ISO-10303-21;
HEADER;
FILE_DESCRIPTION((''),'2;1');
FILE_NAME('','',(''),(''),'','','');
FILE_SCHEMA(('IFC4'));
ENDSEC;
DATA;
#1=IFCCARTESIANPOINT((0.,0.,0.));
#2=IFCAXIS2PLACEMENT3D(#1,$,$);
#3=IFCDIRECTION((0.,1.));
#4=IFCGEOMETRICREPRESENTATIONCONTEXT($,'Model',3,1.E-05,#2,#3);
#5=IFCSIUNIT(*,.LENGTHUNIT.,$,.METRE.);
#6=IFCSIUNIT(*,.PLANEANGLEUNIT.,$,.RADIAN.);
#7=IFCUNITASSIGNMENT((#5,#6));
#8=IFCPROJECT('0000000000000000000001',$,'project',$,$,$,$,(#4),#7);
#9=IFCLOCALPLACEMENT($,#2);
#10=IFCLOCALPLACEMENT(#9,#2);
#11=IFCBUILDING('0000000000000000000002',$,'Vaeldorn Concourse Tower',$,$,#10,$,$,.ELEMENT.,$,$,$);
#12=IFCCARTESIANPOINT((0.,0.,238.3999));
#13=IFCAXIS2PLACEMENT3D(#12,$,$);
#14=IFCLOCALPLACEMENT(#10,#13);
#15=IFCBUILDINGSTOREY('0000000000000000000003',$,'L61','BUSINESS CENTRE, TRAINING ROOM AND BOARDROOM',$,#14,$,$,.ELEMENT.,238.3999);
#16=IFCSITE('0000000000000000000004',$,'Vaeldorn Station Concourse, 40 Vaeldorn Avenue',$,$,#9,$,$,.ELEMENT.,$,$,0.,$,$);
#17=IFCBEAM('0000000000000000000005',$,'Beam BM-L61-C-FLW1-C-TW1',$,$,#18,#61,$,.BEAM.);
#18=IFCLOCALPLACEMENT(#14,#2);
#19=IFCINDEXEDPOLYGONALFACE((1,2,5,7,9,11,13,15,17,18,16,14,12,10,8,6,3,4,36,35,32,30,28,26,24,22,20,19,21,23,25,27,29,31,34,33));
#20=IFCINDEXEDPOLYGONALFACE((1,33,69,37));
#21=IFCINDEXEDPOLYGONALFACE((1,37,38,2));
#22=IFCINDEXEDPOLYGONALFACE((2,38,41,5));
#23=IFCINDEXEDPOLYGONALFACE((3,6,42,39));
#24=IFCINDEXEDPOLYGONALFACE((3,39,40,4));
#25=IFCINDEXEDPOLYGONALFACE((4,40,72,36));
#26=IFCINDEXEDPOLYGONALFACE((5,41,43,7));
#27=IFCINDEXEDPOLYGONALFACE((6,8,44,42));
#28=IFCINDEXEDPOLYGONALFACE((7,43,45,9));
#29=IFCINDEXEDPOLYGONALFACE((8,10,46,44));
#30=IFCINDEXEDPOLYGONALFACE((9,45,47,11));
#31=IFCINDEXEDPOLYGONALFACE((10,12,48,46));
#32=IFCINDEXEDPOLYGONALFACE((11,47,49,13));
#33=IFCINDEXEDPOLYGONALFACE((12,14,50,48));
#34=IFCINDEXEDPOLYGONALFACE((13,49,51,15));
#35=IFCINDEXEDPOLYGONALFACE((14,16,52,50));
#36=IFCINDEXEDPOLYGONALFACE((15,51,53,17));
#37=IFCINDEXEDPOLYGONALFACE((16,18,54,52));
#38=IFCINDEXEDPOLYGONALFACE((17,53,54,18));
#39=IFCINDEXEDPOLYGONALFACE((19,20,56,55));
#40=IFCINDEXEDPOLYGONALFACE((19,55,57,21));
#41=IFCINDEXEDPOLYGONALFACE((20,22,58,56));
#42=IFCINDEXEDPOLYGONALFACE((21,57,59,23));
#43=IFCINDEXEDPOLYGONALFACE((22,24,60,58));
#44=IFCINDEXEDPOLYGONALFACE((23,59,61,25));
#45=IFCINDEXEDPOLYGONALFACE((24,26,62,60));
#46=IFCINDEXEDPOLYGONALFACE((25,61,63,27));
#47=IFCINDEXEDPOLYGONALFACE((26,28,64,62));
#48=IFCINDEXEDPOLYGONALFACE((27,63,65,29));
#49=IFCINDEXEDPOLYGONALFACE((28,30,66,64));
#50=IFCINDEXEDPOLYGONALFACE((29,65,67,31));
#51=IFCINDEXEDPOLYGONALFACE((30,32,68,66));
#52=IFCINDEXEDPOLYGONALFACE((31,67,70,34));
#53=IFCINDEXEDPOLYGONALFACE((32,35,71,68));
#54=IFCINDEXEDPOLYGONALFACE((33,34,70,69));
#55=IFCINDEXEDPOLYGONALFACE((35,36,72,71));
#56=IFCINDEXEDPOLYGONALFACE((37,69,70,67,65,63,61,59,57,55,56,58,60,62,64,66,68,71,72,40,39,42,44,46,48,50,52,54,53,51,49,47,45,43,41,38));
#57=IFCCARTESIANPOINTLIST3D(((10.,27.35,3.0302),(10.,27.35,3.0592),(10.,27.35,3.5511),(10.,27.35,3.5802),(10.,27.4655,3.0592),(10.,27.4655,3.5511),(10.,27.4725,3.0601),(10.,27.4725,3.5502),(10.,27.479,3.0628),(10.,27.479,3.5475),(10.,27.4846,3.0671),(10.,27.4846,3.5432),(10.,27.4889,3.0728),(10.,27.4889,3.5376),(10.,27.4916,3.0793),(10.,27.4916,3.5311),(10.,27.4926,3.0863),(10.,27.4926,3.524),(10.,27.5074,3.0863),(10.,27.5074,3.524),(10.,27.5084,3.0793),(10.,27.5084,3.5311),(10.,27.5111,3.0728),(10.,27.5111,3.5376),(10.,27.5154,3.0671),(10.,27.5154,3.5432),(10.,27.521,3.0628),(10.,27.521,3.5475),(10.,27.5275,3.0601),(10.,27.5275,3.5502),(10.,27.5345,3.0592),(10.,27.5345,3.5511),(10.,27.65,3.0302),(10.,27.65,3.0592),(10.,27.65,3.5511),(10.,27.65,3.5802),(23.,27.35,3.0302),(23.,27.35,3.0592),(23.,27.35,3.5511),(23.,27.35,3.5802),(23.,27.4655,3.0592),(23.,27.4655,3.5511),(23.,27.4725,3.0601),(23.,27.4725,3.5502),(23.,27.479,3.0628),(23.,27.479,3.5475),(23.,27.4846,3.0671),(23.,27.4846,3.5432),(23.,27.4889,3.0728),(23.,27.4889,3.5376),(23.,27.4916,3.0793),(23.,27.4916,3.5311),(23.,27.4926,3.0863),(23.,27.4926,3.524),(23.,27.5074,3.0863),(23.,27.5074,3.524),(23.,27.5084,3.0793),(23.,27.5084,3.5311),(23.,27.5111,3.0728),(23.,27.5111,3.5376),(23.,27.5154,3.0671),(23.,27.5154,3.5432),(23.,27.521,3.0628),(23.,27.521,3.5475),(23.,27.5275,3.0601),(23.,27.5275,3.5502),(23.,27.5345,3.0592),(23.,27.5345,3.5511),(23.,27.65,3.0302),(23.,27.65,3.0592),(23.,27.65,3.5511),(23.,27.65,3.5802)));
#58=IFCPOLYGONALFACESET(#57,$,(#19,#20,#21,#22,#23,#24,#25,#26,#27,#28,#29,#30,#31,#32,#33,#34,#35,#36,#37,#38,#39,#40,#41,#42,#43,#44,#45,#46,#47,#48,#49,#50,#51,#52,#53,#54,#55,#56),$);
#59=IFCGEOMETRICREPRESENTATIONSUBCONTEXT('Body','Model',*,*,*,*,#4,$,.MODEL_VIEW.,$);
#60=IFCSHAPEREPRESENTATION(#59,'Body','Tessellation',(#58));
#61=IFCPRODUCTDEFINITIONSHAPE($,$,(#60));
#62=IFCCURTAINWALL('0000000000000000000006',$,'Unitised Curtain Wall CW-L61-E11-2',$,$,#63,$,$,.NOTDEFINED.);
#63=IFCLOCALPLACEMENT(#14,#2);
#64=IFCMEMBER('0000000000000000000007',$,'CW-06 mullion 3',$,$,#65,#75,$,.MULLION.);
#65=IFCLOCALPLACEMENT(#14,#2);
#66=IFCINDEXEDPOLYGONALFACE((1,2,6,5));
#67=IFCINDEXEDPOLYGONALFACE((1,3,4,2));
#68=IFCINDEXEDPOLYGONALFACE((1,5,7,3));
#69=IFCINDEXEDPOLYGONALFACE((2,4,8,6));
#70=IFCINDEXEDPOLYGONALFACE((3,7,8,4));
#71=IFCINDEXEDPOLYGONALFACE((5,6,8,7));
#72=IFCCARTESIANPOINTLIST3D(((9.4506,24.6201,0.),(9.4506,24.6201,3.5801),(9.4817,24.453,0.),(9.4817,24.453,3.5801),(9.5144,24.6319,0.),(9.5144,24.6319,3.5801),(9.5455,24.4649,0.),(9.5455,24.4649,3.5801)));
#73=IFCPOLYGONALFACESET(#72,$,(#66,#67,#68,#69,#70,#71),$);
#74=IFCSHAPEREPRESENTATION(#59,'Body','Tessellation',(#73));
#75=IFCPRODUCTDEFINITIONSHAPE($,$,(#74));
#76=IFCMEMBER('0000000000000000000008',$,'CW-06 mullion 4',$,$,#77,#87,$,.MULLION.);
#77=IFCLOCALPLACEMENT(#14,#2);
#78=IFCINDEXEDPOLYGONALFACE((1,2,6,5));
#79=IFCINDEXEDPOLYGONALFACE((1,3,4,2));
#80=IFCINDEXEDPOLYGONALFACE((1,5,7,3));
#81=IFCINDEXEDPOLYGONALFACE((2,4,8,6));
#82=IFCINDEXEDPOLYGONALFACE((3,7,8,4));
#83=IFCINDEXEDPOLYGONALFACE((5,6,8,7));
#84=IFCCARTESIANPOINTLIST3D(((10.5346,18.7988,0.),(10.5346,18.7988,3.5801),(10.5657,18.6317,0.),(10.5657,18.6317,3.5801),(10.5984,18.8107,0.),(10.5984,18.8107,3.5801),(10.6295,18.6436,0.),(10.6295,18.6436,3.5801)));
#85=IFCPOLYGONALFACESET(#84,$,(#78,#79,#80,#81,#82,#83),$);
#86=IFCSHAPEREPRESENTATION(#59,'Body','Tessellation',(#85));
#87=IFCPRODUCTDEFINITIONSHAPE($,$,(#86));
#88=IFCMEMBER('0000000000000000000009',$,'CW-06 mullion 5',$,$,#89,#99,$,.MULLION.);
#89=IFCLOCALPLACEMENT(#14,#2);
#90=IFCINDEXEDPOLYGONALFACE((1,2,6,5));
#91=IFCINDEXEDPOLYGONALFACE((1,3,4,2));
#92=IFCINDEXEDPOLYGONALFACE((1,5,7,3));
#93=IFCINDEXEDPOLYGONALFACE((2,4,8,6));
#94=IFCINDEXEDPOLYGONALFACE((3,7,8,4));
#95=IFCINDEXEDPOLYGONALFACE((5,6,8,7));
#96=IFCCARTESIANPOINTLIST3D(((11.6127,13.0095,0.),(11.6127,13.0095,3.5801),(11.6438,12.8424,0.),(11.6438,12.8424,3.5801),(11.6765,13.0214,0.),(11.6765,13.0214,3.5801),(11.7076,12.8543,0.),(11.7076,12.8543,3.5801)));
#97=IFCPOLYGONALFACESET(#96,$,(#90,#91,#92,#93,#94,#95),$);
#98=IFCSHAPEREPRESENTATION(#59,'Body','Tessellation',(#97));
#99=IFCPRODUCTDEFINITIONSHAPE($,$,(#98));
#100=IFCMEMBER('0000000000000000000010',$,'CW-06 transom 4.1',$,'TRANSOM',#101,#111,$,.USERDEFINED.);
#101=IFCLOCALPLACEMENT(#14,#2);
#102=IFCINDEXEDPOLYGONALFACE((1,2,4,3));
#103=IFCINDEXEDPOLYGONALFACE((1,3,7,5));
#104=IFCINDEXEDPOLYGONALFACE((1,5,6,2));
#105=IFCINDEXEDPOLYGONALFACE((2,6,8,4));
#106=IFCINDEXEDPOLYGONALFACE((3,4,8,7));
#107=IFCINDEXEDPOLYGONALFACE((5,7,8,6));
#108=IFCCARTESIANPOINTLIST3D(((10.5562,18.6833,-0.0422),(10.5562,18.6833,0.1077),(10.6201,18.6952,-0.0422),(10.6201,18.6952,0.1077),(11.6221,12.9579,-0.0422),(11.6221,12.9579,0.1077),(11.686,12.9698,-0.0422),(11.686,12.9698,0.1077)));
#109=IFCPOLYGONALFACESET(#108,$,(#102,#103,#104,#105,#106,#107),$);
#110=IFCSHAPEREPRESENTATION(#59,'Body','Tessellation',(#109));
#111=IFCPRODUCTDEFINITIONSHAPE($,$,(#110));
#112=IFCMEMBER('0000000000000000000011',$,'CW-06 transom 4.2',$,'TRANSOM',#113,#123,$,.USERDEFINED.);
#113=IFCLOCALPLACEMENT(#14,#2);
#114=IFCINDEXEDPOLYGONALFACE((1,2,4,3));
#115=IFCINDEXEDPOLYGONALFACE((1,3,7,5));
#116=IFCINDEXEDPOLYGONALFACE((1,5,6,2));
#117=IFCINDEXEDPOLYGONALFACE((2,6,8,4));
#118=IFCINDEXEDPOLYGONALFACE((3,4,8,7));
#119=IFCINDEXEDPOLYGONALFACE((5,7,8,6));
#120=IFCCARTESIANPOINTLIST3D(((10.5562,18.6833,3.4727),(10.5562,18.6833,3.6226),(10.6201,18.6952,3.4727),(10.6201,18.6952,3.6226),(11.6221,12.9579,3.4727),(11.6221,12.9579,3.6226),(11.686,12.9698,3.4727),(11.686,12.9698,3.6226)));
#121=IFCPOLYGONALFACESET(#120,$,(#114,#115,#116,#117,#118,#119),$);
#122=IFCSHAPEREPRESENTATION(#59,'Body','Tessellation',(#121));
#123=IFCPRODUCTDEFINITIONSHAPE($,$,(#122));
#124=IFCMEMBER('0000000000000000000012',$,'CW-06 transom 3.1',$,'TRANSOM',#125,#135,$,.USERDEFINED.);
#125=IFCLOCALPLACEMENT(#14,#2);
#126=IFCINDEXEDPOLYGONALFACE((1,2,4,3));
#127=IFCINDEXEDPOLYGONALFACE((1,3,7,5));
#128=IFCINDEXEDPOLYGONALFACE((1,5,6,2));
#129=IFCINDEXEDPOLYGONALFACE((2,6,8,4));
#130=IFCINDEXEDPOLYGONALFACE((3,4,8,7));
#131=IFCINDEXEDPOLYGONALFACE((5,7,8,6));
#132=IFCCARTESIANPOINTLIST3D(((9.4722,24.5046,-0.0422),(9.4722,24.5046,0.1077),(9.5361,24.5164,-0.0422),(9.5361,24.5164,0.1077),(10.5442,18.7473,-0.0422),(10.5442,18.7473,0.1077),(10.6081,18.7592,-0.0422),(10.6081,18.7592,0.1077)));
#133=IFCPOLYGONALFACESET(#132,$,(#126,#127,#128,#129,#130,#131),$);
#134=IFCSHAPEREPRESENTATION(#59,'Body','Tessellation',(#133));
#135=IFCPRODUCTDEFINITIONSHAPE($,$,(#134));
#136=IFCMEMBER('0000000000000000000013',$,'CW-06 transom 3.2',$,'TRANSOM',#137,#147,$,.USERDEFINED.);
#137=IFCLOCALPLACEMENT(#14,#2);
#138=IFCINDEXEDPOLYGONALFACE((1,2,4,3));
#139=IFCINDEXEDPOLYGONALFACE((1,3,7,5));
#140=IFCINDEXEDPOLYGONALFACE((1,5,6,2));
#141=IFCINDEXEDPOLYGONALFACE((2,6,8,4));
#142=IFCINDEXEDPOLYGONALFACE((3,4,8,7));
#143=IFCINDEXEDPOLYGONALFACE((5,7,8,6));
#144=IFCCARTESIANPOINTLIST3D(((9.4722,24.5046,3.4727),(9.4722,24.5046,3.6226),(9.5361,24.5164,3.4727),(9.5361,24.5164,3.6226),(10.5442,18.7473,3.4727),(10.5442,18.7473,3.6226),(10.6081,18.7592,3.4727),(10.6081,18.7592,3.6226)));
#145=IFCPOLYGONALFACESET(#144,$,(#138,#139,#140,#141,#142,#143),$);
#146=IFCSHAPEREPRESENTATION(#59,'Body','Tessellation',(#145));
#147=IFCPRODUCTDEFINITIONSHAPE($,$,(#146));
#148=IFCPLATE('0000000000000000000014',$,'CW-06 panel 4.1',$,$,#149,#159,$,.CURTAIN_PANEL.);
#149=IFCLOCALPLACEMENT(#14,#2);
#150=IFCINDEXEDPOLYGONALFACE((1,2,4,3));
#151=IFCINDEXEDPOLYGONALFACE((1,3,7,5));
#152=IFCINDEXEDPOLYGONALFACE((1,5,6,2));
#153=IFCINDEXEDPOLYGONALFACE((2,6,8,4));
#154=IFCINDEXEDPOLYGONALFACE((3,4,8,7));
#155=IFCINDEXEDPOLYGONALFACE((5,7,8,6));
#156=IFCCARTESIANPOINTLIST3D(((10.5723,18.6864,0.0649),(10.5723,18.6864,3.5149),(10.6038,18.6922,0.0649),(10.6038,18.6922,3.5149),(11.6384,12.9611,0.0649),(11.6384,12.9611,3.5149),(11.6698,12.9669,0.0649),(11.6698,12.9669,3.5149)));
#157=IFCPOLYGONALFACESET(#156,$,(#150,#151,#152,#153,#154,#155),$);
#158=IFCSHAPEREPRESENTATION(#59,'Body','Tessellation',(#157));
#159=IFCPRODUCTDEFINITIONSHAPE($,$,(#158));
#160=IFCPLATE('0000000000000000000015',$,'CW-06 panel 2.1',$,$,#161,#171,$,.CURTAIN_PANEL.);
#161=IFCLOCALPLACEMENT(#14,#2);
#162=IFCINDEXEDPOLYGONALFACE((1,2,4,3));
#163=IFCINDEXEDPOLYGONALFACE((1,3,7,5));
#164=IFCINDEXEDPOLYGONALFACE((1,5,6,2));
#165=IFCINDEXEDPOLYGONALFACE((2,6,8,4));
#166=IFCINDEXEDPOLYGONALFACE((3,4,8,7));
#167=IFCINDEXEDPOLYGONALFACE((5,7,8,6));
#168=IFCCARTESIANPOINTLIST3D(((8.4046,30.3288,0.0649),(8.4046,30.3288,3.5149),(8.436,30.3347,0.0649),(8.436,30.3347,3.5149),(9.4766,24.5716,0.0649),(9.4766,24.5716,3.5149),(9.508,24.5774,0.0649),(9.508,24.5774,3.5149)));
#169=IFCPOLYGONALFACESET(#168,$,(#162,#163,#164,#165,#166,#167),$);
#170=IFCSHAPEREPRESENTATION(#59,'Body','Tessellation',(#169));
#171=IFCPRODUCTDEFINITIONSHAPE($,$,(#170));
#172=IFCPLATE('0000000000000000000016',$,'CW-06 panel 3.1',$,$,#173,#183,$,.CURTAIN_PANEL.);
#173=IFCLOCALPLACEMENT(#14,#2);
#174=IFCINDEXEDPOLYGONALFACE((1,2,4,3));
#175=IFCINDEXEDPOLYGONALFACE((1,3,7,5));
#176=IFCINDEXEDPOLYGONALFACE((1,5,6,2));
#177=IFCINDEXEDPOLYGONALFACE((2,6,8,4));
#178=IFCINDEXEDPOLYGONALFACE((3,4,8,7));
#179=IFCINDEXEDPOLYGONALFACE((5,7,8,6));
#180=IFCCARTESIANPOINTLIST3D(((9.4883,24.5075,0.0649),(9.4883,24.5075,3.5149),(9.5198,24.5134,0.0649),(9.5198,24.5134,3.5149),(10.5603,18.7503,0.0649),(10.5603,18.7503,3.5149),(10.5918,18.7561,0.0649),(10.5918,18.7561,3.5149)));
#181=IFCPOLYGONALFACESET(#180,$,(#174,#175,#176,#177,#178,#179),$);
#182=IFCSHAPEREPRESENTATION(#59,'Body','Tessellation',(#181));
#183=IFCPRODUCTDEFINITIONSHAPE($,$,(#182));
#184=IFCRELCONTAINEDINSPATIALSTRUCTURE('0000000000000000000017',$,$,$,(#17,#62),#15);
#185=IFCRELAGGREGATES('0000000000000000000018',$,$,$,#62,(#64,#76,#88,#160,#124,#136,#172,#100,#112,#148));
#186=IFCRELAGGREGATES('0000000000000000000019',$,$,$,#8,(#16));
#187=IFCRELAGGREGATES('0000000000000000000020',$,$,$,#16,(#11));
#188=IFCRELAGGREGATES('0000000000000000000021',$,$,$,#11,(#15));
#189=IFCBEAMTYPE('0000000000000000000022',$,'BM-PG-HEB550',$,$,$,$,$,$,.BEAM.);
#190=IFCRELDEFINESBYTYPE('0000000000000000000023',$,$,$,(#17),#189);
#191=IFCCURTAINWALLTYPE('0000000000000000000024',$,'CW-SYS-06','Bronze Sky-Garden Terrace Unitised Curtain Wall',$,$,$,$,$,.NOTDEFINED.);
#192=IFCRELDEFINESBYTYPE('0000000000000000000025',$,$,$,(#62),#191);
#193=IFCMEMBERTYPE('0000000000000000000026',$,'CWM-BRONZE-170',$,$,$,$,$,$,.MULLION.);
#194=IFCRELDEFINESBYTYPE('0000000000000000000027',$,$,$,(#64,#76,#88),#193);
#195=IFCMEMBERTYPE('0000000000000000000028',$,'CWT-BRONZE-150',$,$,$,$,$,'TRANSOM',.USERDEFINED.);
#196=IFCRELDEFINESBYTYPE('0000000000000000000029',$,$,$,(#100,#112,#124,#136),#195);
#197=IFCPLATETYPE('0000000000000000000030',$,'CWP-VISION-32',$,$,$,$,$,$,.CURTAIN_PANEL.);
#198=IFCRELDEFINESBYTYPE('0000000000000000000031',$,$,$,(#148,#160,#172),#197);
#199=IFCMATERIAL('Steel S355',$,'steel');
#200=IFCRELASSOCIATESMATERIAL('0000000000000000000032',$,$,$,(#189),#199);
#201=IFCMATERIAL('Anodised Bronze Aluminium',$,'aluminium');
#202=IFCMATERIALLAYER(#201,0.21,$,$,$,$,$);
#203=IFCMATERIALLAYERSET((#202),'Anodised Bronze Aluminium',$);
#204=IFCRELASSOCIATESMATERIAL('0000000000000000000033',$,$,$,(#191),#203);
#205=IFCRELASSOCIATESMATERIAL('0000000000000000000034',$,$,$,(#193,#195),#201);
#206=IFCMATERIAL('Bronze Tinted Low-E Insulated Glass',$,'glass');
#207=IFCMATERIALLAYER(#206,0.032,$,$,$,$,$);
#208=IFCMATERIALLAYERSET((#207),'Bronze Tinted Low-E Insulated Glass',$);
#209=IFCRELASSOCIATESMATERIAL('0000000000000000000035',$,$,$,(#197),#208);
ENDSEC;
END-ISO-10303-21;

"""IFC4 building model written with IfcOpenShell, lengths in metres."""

from ifc_helpers import new_model, si_unit, direction, frame, origin, origin_2d, place, context, subcontext, project, spatial, rectangle, i_section, extrude, source, transform, mapped, material, layer, layer_set, material_profile, profile_set, type_object, element, aggregate, save


model = new_model("IFC4")

# Units and contexts
model_context = context("Model", 3, precision=1e-05, world=origin(), true_north=direction((0.0, 1.0)))
body_context = subcontext(model_context, "Body", "Model", "MODEL_VIEW")
ifc_project = project(units=[si_unit("LENGTHUNIT", "METRE"), si_unit("PLANEANGLEUNIT", "RADIAN")], contexts=[model_context])

# Site, building, storey
site_placement = place(None, origin())
site = spatial("IfcSite", under=ifc_project, at=site_placement, Name="Vaeldorn Station Concourse, 40 Vaeldorn Avenue", CompositionType="ELEMENT", RefElevation=0.0)
building_placement = place(site_placement, origin())
building = spatial("IfcBuilding", under=site, at=building_placement, Name="Vaeldorn Concourse Tower", CompositionType="ELEMENT")
storey_placement = place(building_placement, frame((0.0, 0.0, 238.3999)))
storey = spatial("IfcBuildingStorey", under=building, at=storey_placement, Name="L61", Description="BUSINESS CENTRE, TRAINING ROOM AND BOARDROOM", CompositionType="ELEMENT", Elevation=238.3999)

# Shared definitions
ifc_material_1 = material(Name="Steel S355", Category="steel")

# Beam
ifc_material_profile_1 = material_profile(ifc_material_1, i_section(OverallWidth=0.3, OverallDepth=0.55, WebThickness=0.0149, FlangeThickness=0.0291, FilletRadius=0.0271, at=origin_2d()), Name="HEB 550")
ifc_profile_set_1 = profile_set([ifc_material_profile_1], Name="Steel S355")
beam_type_1 = type_object("IfcBeamType", Name="BM-PG-HEB550", PredefinedType="BEAM", material=ifc_profile_set_1)
shared_shape_1 = source(origin(), body_context, "Body", "SweptSolid", [
    extrude(i_section(OverallWidth=0.3, OverallDepth=0.55, WebThickness=0.0149, FlangeThickness=0.0291, FilletRadius=0.0271, at=origin_2d()), origin(), (0.0, 0.0, 1.0), 13.0),
])
beam_1_placement = place(storey_placement, frame((10.0, 27.5, 3.3052), z_axis=(1.0, 0.0, 0.0), x_axis=(0.0, 1.0, 0.0)))
element("IfcBeam", 1, at=beam_1_placement, inside=storey, type_object=beam_type_1, Name="Beam BM-L61-C-FLW1-C-TW1", PredefinedType="BEAM", context=body_context, shape_type="MappedRepresentation", body=[
    mapped(shared_shape_1, transform((0.0, 0.0, 0.0), scale=1.0)),
])

# Curtain wall, members, plates
ifc_material_2 = material(Name="Anodised Bronze Aluminium", Category="aluminium")
ifc_layer_1 = layer(ifc_material_2, 0.21)
ifc_layer_set_1 = layer_set([ifc_layer_1], Name="Anodised Bronze Aluminium")
curtain_wall_type = type_object("IfcCurtainWallType", Name="CW-SYS-06", Description="Bronze Sky-Garden Terrace Unitised Curtain Wall", PredefinedType="NOTDEFINED", material=ifc_layer_set_1)
curtain_wall_placement = place(storey_placement, origin())
curtain_wall = element("IfcCurtainWall", 2, at=curtain_wall_placement, inside=storey, type_object=curtain_wall_type, Name="Unitised Curtain Wall CW-L61-E11-2", PredefinedType="NOTDEFINED")
ifc_material_profile_2 = material_profile(ifc_material_2, rectangle(XDim=0.0649, YDim=0.1699, at=origin_2d()), Name="CWM 65x170")
ifc_profile_set_2 = profile_set([ifc_material_profile_2], Name="Anodised Bronze Aluminium")
member_type_1 = type_object("IfcMemberType", Name="CWM-BRONZE-170", PredefinedType="MULLION", material=ifc_profile_set_2)
shared_shape_2 = source(origin(), body_context, "Body", "SweptSolid", [
    extrude(rectangle(XDim=0.0649, YDim=0.1699, at=origin_2d()), origin(), (0.0, 0.0, 1.0), 3.5801),
])
member_1_placement = place(storey_placement, frame((9.498, 24.5425, 0.0), z_axis=(0.0, 0.0, 1.0), x_axis=(0.983103, 0.183055, 0.0)))
member_1 = element("IfcMember", 3, at=member_1_placement, type_object=member_type_1, Name="CW-06 mullion 3", PredefinedType="MULLION", context=body_context, shape_type="MappedRepresentation", body=[
    mapped(shared_shape_2, transform((0.0, 0.0, 0.0), scale=1.0)),
])
member_2_placement = place(storey_placement, frame((10.582, 18.7212, 0.0), z_axis=(0.0, 0.0, 1.0), x_axis=(0.983103, 0.183055, 0.0)))
member_2 = element("IfcMember", 4, at=member_2_placement, type_object=member_type_1, Name="CW-06 mullion 4", PredefinedType="MULLION", context=body_context, shape_type="MappedRepresentation", body=[
    mapped(shared_shape_2, transform((0.0, 0.0, 0.0), scale=1.0)),
])
member_3_placement = place(storey_placement, frame((11.6602, 12.9319, 0.0), z_axis=(0.0, 0.0, 1.0), x_axis=(0.983103, 0.183055, 0.0)))
member_3 = element("IfcMember", 5, at=member_3_placement, type_object=member_type_1, Name="CW-06 mullion 5", PredefinedType="MULLION", context=body_context, shape_type="MappedRepresentation", body=[
    mapped(shared_shape_2, transform((0.0, 0.0, 0.0), scale=1.0)),
])
ifc_material_profile_3 = material_profile(ifc_material_2, rectangle(XDim=0.0649, YDim=0.1499, at=origin_2d()), Name="CWT 65x150")
ifc_profile_set_3 = profile_set([ifc_material_profile_3], Name="Anodised Bronze Aluminium")
member_type_2 = type_object("IfcMemberType", Name="CWT-BRONZE-150", ElementType="TRANSOM", PredefinedType="USERDEFINED", material=ifc_profile_set_3)
shared_shape_3 = source(origin(), body_context, "Body", "SweptSolid", [
    extrude(rectangle(XDim=0.0649, YDim=0.1499, at=origin_2d()), origin(), (0.0, 0.0, 1.0), 5.8237),
])
member_4_placement = place(storey_placement, frame((10.5881, 18.6892, 0.0327), z_axis=(0.18303, -0.983107, 0.0), x_axis=(0.983107, 0.18303, 0.0)))
member_4 = element("IfcMember", 6, at=member_4_placement, type_object=member_type_2, Name="CW-06 transom 4.1", ObjectType="TRANSOM", PredefinedType="USERDEFINED", context=body_context, shape_type="MappedRepresentation", body=[
    mapped(shared_shape_3, transform((0.0, 0.0, 0.0), scale=1.0)),
])
member_5_placement = place(storey_placement, frame((10.5881, 18.6892, 3.5476), z_axis=(0.18303, -0.983107, 0.0), x_axis=(0.983107, 0.18303, 0.0)))
member_5 = element("IfcMember", 7, at=member_5_placement, type_object=member_type_2, Name="CW-06 transom 4.2", ObjectType="TRANSOM", PredefinedType="USERDEFINED", context=body_context, shape_type="MappedRepresentation", body=[
    mapped(shared_shape_3, transform((0.0, 0.0, 0.0), scale=1.0)),
])
shared_shape_4 = source(origin(), body_context, "Body", "SweptSolid", [
    extrude(rectangle(XDim=0.0649, YDim=0.1499, at=origin_2d()), origin(), (0.0, 0.0, 1.0), 5.8562),
])
member_6_placement = place(storey_placement, frame((9.5042, 24.5105, 0.0327), z_axis=(0.183055, -0.983103, 0.0), x_axis=(0.983103, 0.183055, 0.0)))
member_6 = element("IfcMember", 8, at=member_6_placement, type_object=member_type_2, Name="CW-06 transom 3.1", ObjectType="TRANSOM", PredefinedType="USERDEFINED", context=body_context, shape_type="MappedRepresentation", body=[
    mapped(shared_shape_4, transform((0.0, 0.0, 0.0), scale=1.0)),
])
member_7_placement = place(storey_placement, frame((9.5042, 24.5105, 3.5476), z_axis=(0.183055, -0.983103, 0.0), x_axis=(0.983103, 0.183055, 0.0)))
member_7 = element("IfcMember", 9, at=member_7_placement, type_object=member_type_2, Name="CW-06 transom 3.2", ObjectType="TRANSOM", PredefinedType="USERDEFINED", context=body_context, shape_type="MappedRepresentation", body=[
    mapped(shared_shape_4, transform((0.0, 0.0, 0.0), scale=1.0)),
])
ifc_material_3 = material(Name="Bronze Tinted Low-E Insulated Glass", Category="glass")
ifc_layer_2 = layer(ifc_material_3, 0.032)
ifc_layer_set_2 = layer_set([ifc_layer_2], Name="Bronze Tinted Low-E Insulated Glass")
plate_type = type_object("IfcPlateType", Name="CWP-VISION-32", PredefinedType="CURTAIN_PANEL", material=ifc_layer_set_2)
shared_shape_5 = source(origin(), body_context, "Body", "SweptSolid", [
    extrude(rectangle(XDim=5.8237, YDim=0.032, at=origin_2d()), origin(), (0.0, 0.0, 1.0), 3.45),
])
plate_1_placement = place(storey_placement, frame((11.1211, 15.8267, 0.0649), z_axis=(0.0, 0.0, 1.0), x_axis=(0.183055, -0.983103, 0.0)))
plate_1 = element("IfcPlate", 10, at=plate_1_placement, type_object=plate_type, Name="CW-06 panel 4.1", PredefinedType="CURTAIN_PANEL", context=body_context, shape_type="MappedRepresentation", body=[
    mapped(shared_shape_5, transform((0.0, 0.0, 0.0), scale=1.0)),
])
shared_shape_6 = source(origin(), body_context, "Body", "SweptSolid", [
    extrude(rectangle(XDim=5.8562, YDim=0.032, at=origin_2d()), origin(), (0.0, 0.0, 1.0), 3.45),
])
plate_2_placement = place(storey_placement, frame((8.9563, 27.4531, 0.0649), z_axis=(0.0, 0.0, 1.0), x_axis=(0.183055, -0.983103, 0.0)))
plate_2 = element("IfcPlate", 11, at=plate_2_placement, type_object=plate_type, Name="CW-06 panel 2.1", PredefinedType="CURTAIN_PANEL", context=body_context, shape_type="MappedRepresentation", body=[
    mapped(shared_shape_6, transform((0.0, 0.0, 0.0), scale=1.0)),
])
plate_3_placement = place(storey_placement, frame((10.04, 21.6318, 0.0649), z_axis=(0.0, 0.0, 1.0), x_axis=(0.183055, -0.983103, 0.0)))
plate_3 = element("IfcPlate", 12, at=plate_3_placement, type_object=plate_type, Name="CW-06 panel 3.1", PredefinedType="CURTAIN_PANEL", context=body_context, shape_type="MappedRepresentation", body=[
    mapped(shared_shape_6, transform((0.0, 0.0, 0.0), scale=1.0)),
])
aggregate(curtain_wall, [member_1, member_2, member_3, plate_2, member_6, member_7, plate_3, member_4, member_5, plate_1])

save(model, "model.ifc")
